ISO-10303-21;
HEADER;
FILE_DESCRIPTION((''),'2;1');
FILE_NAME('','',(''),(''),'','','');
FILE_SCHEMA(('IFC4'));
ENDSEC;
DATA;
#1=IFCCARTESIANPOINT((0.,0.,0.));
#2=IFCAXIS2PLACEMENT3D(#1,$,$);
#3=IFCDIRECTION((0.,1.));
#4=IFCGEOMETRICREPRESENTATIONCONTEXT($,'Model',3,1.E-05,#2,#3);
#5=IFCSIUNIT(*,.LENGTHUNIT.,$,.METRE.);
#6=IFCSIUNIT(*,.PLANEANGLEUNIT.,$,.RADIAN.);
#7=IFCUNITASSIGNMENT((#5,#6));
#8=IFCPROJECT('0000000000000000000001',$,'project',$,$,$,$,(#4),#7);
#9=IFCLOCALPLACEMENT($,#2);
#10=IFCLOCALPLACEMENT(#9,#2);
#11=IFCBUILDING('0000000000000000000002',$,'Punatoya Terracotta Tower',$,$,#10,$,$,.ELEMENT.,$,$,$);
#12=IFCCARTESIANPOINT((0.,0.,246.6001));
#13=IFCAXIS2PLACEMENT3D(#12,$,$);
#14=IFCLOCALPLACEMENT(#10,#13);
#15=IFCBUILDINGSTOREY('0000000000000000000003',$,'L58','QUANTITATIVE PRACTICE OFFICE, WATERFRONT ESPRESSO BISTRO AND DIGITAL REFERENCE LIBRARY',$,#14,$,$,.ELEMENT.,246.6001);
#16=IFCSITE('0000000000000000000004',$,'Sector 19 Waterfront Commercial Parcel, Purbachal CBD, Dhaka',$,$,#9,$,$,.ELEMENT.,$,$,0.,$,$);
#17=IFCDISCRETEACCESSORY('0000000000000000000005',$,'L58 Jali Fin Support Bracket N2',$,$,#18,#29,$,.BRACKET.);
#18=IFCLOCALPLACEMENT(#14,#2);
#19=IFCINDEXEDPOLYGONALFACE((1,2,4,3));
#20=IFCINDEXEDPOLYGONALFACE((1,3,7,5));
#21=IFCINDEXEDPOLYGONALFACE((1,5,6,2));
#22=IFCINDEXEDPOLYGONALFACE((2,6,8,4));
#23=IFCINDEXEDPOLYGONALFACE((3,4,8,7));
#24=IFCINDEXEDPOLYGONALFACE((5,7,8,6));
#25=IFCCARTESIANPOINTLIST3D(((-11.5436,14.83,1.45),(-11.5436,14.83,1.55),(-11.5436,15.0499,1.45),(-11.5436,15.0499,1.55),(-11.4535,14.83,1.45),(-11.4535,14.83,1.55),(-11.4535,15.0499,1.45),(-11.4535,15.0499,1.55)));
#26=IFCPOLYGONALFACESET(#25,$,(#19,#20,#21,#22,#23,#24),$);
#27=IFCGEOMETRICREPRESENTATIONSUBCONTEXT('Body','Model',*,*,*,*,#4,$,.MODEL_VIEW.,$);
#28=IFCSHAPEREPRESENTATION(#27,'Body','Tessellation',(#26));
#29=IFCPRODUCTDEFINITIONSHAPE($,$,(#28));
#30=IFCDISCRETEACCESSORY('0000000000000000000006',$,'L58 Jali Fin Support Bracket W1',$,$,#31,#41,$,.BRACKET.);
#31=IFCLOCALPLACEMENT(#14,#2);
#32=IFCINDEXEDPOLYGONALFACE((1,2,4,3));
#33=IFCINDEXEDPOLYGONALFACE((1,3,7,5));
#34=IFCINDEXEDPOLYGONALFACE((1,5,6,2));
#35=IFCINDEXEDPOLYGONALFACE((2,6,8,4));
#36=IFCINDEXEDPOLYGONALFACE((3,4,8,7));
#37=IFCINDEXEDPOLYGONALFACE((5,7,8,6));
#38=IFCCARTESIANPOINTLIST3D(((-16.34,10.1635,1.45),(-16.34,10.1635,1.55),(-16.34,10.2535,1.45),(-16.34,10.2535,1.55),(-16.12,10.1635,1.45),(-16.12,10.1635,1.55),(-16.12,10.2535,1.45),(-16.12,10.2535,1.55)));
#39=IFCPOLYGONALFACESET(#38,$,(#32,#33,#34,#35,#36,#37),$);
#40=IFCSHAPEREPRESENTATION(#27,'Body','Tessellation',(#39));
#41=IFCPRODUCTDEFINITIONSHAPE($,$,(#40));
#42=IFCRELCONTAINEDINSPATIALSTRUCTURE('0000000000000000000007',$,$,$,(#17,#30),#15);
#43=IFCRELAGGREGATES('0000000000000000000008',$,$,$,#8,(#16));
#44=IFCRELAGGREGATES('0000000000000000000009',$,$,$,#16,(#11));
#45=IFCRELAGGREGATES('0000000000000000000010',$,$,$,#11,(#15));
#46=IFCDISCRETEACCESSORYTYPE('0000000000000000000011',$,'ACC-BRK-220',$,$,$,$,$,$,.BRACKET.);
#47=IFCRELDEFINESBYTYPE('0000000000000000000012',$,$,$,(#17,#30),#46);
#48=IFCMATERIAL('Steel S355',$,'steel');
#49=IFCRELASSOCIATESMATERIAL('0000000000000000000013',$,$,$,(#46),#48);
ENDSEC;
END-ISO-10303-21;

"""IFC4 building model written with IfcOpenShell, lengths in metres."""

from ifc_helpers import new_model, si_unit, direction, frame, origin, origin_2d, place, context, subcontext, project, spatial, rectangle, extrude, material, type_object, element, save


model = new_model("IFC4")

# Units and contexts
model_context = context("Model", 3, precision=1e-05, world=origin(), true_north=direction((0.0, 1.0)))
body_context = subcontext(model_context, "Body", "Model", "MODEL_VIEW")
ifc_project = project(units=[si_unit("LENGTHUNIT", "METRE"), si_unit("PLANEANGLEUNIT", "RADIAN")], contexts=[model_context])

# Site, building, storey
site_placement = place(None, origin())
site = spatial("IfcSite", under=ifc_project, at=site_placement, Name="Sector 19 Waterfront Commercial Parcel, Purbachal CBD, Dhaka", CompositionType="ELEMENT", RefElevation=0.0)
building_placement = place(site_placement, origin())
building = spatial("IfcBuilding", under=site, at=building_placement, Name="Punatoya Terracotta Tower", CompositionType="ELEMENT")
storey_placement = place(building_placement, frame((0.0, 0.0, 246.6001)))
storey = spatial("IfcBuildingStorey", under=building, at=storey_placement, Name="L58", Description="QUANTITATIVE PRACTICE OFFICE, WATERFRONT ESPRESSO BISTRO AND DIGITAL REFERENCE LIBRARY", CompositionType="ELEMENT", Elevation=246.6001)

# Shared definitions
ifc_material_1 = material(Name="Steel S355", Category="steel")

# Discrete accessories
discrete_accessory_type = type_object("IfcDiscreteAccessoryType", Name="ACC-BRK-220", PredefinedType="BRACKET", material=ifc_material_1)
for number, where, z_axis, x_axis, name in (
    (1, (-11.4985, 14.9399, 1.45), (0.0, 0.0, 1.0), (-1.0, 0.0, 0.0), "L58 Jali Fin Support Bracket N2"),
    (2, (-16.23, 10.2085, 1.45), (0.0, 0.0, 1.0), (0.0, -1.0, 0.0), "L58 Jali Fin Support Bracket W1"),
):
    element("IfcDiscreteAccessory", number, at=place(storey_placement, frame(where, z_axis=z_axis, x_axis=x_axis)), inside=storey, type_object=discrete_accessory_type, Name=name, PredefinedType="BRACKET", context=body_context, shape_type="SweptSolid", body=[
        extrude(rectangle(XDim=0.0901, YDim=0.22, at=origin_2d()), origin(), (0.0, 0.0, 1.0), 0.1001),
    ])

save(model, "model.ifc")
